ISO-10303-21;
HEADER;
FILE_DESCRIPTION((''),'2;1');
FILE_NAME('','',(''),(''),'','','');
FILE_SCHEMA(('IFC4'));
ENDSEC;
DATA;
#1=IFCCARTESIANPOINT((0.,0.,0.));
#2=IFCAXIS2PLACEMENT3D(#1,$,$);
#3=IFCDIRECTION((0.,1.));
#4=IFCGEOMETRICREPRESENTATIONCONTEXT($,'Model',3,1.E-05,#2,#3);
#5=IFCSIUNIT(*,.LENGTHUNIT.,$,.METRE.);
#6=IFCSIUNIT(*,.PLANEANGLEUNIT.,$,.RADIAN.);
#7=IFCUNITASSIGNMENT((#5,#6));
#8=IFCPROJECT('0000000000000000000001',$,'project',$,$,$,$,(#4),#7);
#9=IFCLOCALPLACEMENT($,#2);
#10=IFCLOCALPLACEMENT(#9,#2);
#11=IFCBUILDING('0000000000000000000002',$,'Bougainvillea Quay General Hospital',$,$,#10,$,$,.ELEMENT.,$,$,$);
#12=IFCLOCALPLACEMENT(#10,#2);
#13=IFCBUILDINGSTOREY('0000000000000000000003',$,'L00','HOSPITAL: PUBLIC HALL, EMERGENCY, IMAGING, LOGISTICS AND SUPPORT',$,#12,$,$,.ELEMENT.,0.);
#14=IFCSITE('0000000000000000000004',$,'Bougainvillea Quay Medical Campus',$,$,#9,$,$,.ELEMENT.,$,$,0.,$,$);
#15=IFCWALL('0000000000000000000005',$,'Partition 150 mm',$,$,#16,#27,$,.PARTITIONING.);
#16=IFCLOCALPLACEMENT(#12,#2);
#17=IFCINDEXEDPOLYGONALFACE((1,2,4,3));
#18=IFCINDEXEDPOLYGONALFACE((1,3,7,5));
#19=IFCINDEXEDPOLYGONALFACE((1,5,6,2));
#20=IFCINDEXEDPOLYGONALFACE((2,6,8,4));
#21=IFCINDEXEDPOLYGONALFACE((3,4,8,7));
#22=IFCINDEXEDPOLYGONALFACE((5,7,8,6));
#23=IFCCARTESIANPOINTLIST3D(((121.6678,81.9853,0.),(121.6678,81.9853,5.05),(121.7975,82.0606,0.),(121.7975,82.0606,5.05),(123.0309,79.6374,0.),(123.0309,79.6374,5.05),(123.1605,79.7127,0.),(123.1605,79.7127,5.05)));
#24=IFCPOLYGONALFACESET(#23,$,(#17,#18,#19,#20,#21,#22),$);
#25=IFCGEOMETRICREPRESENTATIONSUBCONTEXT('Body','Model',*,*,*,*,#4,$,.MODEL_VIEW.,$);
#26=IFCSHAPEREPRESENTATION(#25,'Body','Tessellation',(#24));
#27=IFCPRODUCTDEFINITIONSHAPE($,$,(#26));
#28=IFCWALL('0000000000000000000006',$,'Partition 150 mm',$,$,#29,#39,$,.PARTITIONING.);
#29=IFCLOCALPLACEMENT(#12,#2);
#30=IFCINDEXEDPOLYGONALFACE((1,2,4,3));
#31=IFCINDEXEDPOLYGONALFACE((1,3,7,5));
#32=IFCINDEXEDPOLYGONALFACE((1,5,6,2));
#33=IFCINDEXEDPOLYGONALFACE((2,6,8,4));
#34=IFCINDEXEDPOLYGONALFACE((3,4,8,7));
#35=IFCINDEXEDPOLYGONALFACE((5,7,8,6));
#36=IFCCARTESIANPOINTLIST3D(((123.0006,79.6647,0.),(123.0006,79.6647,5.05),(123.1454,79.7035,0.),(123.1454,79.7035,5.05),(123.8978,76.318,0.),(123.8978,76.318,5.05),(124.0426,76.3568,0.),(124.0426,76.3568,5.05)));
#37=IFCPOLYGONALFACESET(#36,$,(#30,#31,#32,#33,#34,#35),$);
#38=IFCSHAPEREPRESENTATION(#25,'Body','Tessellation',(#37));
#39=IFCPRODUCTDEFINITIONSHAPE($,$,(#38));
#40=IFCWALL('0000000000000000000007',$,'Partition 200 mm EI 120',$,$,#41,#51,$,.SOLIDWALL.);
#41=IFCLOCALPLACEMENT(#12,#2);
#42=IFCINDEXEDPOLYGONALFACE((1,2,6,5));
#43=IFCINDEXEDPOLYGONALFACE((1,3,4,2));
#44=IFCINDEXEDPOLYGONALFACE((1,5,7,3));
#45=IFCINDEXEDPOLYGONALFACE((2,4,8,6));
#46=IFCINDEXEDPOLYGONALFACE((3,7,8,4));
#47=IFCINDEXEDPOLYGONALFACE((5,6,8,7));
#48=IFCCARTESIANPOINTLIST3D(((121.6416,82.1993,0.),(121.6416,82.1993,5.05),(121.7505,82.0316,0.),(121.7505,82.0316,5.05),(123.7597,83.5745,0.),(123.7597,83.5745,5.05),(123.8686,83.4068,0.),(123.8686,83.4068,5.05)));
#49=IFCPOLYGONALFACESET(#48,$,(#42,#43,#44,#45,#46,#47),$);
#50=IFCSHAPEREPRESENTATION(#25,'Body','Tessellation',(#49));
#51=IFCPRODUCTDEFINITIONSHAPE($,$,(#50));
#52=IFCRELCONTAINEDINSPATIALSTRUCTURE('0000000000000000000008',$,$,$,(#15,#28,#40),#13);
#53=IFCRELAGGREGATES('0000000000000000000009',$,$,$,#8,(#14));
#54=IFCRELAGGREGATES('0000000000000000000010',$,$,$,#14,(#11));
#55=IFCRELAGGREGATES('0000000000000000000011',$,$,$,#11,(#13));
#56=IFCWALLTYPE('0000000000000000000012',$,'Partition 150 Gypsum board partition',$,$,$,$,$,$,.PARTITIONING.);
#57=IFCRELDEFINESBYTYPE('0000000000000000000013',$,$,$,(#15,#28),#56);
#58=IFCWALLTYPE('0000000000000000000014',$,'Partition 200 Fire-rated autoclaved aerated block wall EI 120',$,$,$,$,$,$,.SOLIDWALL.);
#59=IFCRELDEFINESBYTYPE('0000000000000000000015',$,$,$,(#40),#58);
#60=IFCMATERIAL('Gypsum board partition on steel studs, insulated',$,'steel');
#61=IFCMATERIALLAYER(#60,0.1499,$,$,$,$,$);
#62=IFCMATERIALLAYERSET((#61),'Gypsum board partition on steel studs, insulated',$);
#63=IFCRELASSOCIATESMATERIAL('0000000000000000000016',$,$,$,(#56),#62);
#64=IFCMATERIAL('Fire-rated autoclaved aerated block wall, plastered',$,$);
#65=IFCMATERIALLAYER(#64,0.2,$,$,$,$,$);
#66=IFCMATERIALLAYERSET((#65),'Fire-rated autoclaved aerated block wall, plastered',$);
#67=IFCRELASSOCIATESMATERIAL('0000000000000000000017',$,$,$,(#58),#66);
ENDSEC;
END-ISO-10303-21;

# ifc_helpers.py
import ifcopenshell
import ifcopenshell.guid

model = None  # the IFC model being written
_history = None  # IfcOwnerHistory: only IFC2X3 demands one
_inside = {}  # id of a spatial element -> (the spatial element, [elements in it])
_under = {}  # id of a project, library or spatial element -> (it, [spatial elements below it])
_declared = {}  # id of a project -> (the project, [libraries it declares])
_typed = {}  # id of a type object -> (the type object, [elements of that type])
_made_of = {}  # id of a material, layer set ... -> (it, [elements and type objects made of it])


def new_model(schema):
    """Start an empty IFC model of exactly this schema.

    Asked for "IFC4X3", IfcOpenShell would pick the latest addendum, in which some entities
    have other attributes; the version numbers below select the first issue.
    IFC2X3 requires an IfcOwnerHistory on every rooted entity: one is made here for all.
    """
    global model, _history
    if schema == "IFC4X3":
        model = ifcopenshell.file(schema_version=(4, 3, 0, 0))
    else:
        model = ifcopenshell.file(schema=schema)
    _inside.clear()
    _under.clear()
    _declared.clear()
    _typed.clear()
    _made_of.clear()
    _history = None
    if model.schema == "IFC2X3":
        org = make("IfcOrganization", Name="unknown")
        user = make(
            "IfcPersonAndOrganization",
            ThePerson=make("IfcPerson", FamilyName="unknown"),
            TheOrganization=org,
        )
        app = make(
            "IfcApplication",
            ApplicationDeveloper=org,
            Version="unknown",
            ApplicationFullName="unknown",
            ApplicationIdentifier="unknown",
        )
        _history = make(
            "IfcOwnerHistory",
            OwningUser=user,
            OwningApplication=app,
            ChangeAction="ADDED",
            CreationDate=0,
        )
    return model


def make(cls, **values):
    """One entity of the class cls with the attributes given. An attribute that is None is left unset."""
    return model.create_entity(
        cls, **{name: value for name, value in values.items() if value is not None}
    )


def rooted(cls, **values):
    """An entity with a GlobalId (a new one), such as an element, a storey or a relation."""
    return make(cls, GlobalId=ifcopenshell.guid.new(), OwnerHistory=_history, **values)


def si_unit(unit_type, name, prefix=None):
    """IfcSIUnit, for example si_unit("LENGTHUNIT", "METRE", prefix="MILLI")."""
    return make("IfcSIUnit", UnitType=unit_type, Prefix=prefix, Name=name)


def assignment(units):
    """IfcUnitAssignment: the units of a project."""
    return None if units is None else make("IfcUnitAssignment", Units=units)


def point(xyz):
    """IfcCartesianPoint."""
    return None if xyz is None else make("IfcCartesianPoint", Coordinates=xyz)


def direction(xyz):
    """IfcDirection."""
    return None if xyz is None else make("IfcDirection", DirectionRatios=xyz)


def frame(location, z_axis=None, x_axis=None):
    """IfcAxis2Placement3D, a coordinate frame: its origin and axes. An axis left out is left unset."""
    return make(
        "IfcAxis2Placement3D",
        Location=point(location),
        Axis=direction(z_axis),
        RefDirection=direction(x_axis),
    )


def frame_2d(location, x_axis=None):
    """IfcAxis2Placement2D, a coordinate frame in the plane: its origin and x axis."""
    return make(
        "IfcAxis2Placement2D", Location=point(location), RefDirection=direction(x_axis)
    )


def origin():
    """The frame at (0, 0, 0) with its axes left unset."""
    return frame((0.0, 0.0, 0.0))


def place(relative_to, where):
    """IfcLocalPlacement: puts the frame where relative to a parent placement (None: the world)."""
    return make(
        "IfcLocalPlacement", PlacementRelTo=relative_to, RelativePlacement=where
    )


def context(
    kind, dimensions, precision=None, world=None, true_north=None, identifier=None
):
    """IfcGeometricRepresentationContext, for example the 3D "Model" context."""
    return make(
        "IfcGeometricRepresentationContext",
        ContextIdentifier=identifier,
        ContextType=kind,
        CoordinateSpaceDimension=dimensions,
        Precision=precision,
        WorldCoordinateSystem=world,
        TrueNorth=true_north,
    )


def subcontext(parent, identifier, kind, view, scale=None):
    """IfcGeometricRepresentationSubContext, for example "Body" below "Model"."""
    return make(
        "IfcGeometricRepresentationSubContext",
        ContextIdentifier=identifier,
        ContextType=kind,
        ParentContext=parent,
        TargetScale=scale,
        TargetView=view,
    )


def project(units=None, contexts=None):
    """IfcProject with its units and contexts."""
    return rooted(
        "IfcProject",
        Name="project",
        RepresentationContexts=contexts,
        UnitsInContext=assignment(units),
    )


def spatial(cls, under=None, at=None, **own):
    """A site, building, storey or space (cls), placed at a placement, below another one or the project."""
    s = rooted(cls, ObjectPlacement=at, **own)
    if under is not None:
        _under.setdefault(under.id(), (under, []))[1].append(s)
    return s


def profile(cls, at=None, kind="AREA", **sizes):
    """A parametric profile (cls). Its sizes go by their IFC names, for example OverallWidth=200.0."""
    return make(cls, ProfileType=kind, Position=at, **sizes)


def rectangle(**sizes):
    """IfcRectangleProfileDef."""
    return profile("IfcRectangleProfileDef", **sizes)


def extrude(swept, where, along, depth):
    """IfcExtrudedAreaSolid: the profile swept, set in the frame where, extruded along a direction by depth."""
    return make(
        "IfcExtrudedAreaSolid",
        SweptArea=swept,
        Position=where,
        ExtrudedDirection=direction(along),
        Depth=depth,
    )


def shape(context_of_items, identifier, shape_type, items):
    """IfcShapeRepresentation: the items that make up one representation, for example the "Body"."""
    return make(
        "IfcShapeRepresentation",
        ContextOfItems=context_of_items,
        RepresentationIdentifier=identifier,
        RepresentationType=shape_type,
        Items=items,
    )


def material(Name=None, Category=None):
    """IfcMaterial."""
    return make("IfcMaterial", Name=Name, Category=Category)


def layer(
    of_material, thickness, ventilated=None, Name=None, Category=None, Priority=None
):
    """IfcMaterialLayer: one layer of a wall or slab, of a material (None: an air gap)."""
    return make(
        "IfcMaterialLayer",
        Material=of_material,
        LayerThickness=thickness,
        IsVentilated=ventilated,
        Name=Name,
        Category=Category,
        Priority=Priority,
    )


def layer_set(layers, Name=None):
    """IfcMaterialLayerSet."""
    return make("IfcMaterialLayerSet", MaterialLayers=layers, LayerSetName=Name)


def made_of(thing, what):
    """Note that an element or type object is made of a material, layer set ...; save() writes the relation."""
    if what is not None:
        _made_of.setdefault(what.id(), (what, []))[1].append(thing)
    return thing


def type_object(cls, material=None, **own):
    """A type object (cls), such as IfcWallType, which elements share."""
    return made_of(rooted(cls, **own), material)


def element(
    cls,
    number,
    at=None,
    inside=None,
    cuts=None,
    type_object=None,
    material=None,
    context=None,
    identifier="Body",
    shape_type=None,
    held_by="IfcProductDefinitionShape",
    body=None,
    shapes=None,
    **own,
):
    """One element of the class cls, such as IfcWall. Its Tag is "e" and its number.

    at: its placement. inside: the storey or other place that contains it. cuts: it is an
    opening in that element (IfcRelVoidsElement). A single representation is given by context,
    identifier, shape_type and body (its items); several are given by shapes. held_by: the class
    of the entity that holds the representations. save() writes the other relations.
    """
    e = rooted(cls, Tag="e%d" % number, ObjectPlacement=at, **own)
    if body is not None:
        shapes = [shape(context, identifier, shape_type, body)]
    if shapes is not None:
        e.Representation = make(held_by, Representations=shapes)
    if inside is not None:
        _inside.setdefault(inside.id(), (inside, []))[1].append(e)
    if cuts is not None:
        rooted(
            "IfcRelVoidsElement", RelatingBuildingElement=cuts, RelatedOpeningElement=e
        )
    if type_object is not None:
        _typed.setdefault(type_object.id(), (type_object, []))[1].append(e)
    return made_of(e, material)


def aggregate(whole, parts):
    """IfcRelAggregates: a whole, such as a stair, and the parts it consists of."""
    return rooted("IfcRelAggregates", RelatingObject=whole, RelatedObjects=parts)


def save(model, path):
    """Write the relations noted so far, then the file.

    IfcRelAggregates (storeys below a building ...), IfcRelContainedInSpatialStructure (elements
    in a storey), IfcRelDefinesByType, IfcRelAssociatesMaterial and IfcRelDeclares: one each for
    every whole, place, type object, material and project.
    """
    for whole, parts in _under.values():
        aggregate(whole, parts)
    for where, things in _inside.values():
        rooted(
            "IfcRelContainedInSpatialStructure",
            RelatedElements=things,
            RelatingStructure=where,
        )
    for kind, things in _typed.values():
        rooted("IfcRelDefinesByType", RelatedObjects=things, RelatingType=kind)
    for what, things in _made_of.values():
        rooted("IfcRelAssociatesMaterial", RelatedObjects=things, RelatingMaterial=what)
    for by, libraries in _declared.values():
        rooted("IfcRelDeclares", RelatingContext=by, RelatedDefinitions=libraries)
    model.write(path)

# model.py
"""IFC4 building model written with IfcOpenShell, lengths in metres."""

from ifc_helpers import new_model, si_unit, direction, frame, frame_2d, origin, place, context, subcontext, project, spatial, rectangle, extrude, material, layer, layer_set, type_object, element, save


model = new_model("IFC4")

# Units and contexts
model_context = context("Model", 3, precision=1e-05, world=origin(), true_north=direction((0.0, 1.0)))
body_context = subcontext(model_context, "Body", "Model", "MODEL_VIEW")
ifc_project = project(units=[si_unit("LENGTHUNIT", "METRE"), si_unit("PLANEANGLEUNIT", "RADIAN")], contexts=[model_context])

# Site, building, storey
site_placement = place(None, origin())
site = spatial("IfcSite", under=ifc_project, at=site_placement, Name="Bougainvillea Quay Medical Campus", CompositionType="ELEMENT", RefElevation=0.0)
building_placement = place(site_placement, origin())
building = spatial("IfcBuilding", under=site, at=building_placement, Name="Bougainvillea Quay General Hospital", CompositionType="ELEMENT")
storey_placement = place(building_placement, origin())
storey = spatial("IfcBuildingStorey", under=building, at=storey_placement, Name="L00", Description="HOSPITAL: PUBLIC HALL, EMERGENCY, IMAGING, LOGISTICS AND SUPPORT", CompositionType="ELEMENT", Elevation=0.0)

# Walls
ifc_material_1 = material(Name="Gypsum board partition on steel studs, insulated", Category="steel")
ifc_layer_1 = layer(ifc_material_1, 0.1499)
ifc_layer_set_1 = layer_set([ifc_layer_1], Name="Gypsum board partition on steel studs, insulated")
wall_type_1 = type_object("IfcWallType", Name="Partition 150 Gypsum board partition", PredefinedType="PARTITIONING", material=ifc_layer_set_1)
wall_1_placement = place(storey_placement, frame((121.7327, 82.0229, 0.0), z_axis=(0.0, 0.0, 1.0), x_axis=(0.502064, -0.864831, 0.0)))
element("IfcWall", 1, at=wall_1_placement, inside=storey, type_object=wall_type_1, Name="Partition 150 mm", PredefinedType="PARTITIONING", context=body_context, shape_type="SweptSolid", body=[
    extrude(rectangle(XDim=2.7148, YDim=0.1499, at=frame_2d((1.3574, 0.0))), origin(), (0.0, 0.0, 1.0), 5.05),
])
wall_2_placement = place(storey_placement, frame((123.073, 79.6841, 0.0), z_axis=(0.0, 0.0, 1.0), x_axis=(0.258947, -0.965891, 0.0)))
element("IfcWall", 2, at=wall_2_placement, inside=storey, type_object=wall_type_1, Name="Partition 150 mm", PredefinedType="PARTITIONING", context=body_context, shape_type="SweptSolid", body=[
    extrude(rectangle(XDim=3.4648, YDim=0.1499, at=frame_2d((1.7324, 0.0))), origin(), (0.0, 0.0, 1.0), 5.05),
])
ifc_material_2 = material(Name="Fire-rated autoclaved aerated block wall, plastered")
ifc_layer_2 = layer(ifc_material_2, 0.2)
ifc_layer_set_2 = layer_set([ifc_layer_2], Name="Fire-rated autoclaved aerated block wall, plastered")
wall_type_2 = type_object("IfcWallType", Name="Partition 200 Fire-rated autoclaved aerated block wall EI 120", PredefinedType="SOLIDWALL", material=ifc_layer_set_2)
wall_3_placement = place(storey_placement, frame((121.696, 82.1155, 0.0), z_axis=(0.0, 0.0, 1.0), x_axis=(0.838726, 0.544553, 0.0)))
element("IfcWall", 3, at=wall_3_placement, inside=storey, type_object=wall_type_2, Name="Partition 200 mm EI 120", PredefinedType="SOLIDWALL", context=body_context, shape_type="SweptSolid", body=[
    extrude(rectangle(XDim=2.5254, YDim=0.2, at=frame_2d((1.2627, 0.0))), origin(), (0.0, 0.0, 1.0), 5.05),
])

save(model, "model.ifc")
